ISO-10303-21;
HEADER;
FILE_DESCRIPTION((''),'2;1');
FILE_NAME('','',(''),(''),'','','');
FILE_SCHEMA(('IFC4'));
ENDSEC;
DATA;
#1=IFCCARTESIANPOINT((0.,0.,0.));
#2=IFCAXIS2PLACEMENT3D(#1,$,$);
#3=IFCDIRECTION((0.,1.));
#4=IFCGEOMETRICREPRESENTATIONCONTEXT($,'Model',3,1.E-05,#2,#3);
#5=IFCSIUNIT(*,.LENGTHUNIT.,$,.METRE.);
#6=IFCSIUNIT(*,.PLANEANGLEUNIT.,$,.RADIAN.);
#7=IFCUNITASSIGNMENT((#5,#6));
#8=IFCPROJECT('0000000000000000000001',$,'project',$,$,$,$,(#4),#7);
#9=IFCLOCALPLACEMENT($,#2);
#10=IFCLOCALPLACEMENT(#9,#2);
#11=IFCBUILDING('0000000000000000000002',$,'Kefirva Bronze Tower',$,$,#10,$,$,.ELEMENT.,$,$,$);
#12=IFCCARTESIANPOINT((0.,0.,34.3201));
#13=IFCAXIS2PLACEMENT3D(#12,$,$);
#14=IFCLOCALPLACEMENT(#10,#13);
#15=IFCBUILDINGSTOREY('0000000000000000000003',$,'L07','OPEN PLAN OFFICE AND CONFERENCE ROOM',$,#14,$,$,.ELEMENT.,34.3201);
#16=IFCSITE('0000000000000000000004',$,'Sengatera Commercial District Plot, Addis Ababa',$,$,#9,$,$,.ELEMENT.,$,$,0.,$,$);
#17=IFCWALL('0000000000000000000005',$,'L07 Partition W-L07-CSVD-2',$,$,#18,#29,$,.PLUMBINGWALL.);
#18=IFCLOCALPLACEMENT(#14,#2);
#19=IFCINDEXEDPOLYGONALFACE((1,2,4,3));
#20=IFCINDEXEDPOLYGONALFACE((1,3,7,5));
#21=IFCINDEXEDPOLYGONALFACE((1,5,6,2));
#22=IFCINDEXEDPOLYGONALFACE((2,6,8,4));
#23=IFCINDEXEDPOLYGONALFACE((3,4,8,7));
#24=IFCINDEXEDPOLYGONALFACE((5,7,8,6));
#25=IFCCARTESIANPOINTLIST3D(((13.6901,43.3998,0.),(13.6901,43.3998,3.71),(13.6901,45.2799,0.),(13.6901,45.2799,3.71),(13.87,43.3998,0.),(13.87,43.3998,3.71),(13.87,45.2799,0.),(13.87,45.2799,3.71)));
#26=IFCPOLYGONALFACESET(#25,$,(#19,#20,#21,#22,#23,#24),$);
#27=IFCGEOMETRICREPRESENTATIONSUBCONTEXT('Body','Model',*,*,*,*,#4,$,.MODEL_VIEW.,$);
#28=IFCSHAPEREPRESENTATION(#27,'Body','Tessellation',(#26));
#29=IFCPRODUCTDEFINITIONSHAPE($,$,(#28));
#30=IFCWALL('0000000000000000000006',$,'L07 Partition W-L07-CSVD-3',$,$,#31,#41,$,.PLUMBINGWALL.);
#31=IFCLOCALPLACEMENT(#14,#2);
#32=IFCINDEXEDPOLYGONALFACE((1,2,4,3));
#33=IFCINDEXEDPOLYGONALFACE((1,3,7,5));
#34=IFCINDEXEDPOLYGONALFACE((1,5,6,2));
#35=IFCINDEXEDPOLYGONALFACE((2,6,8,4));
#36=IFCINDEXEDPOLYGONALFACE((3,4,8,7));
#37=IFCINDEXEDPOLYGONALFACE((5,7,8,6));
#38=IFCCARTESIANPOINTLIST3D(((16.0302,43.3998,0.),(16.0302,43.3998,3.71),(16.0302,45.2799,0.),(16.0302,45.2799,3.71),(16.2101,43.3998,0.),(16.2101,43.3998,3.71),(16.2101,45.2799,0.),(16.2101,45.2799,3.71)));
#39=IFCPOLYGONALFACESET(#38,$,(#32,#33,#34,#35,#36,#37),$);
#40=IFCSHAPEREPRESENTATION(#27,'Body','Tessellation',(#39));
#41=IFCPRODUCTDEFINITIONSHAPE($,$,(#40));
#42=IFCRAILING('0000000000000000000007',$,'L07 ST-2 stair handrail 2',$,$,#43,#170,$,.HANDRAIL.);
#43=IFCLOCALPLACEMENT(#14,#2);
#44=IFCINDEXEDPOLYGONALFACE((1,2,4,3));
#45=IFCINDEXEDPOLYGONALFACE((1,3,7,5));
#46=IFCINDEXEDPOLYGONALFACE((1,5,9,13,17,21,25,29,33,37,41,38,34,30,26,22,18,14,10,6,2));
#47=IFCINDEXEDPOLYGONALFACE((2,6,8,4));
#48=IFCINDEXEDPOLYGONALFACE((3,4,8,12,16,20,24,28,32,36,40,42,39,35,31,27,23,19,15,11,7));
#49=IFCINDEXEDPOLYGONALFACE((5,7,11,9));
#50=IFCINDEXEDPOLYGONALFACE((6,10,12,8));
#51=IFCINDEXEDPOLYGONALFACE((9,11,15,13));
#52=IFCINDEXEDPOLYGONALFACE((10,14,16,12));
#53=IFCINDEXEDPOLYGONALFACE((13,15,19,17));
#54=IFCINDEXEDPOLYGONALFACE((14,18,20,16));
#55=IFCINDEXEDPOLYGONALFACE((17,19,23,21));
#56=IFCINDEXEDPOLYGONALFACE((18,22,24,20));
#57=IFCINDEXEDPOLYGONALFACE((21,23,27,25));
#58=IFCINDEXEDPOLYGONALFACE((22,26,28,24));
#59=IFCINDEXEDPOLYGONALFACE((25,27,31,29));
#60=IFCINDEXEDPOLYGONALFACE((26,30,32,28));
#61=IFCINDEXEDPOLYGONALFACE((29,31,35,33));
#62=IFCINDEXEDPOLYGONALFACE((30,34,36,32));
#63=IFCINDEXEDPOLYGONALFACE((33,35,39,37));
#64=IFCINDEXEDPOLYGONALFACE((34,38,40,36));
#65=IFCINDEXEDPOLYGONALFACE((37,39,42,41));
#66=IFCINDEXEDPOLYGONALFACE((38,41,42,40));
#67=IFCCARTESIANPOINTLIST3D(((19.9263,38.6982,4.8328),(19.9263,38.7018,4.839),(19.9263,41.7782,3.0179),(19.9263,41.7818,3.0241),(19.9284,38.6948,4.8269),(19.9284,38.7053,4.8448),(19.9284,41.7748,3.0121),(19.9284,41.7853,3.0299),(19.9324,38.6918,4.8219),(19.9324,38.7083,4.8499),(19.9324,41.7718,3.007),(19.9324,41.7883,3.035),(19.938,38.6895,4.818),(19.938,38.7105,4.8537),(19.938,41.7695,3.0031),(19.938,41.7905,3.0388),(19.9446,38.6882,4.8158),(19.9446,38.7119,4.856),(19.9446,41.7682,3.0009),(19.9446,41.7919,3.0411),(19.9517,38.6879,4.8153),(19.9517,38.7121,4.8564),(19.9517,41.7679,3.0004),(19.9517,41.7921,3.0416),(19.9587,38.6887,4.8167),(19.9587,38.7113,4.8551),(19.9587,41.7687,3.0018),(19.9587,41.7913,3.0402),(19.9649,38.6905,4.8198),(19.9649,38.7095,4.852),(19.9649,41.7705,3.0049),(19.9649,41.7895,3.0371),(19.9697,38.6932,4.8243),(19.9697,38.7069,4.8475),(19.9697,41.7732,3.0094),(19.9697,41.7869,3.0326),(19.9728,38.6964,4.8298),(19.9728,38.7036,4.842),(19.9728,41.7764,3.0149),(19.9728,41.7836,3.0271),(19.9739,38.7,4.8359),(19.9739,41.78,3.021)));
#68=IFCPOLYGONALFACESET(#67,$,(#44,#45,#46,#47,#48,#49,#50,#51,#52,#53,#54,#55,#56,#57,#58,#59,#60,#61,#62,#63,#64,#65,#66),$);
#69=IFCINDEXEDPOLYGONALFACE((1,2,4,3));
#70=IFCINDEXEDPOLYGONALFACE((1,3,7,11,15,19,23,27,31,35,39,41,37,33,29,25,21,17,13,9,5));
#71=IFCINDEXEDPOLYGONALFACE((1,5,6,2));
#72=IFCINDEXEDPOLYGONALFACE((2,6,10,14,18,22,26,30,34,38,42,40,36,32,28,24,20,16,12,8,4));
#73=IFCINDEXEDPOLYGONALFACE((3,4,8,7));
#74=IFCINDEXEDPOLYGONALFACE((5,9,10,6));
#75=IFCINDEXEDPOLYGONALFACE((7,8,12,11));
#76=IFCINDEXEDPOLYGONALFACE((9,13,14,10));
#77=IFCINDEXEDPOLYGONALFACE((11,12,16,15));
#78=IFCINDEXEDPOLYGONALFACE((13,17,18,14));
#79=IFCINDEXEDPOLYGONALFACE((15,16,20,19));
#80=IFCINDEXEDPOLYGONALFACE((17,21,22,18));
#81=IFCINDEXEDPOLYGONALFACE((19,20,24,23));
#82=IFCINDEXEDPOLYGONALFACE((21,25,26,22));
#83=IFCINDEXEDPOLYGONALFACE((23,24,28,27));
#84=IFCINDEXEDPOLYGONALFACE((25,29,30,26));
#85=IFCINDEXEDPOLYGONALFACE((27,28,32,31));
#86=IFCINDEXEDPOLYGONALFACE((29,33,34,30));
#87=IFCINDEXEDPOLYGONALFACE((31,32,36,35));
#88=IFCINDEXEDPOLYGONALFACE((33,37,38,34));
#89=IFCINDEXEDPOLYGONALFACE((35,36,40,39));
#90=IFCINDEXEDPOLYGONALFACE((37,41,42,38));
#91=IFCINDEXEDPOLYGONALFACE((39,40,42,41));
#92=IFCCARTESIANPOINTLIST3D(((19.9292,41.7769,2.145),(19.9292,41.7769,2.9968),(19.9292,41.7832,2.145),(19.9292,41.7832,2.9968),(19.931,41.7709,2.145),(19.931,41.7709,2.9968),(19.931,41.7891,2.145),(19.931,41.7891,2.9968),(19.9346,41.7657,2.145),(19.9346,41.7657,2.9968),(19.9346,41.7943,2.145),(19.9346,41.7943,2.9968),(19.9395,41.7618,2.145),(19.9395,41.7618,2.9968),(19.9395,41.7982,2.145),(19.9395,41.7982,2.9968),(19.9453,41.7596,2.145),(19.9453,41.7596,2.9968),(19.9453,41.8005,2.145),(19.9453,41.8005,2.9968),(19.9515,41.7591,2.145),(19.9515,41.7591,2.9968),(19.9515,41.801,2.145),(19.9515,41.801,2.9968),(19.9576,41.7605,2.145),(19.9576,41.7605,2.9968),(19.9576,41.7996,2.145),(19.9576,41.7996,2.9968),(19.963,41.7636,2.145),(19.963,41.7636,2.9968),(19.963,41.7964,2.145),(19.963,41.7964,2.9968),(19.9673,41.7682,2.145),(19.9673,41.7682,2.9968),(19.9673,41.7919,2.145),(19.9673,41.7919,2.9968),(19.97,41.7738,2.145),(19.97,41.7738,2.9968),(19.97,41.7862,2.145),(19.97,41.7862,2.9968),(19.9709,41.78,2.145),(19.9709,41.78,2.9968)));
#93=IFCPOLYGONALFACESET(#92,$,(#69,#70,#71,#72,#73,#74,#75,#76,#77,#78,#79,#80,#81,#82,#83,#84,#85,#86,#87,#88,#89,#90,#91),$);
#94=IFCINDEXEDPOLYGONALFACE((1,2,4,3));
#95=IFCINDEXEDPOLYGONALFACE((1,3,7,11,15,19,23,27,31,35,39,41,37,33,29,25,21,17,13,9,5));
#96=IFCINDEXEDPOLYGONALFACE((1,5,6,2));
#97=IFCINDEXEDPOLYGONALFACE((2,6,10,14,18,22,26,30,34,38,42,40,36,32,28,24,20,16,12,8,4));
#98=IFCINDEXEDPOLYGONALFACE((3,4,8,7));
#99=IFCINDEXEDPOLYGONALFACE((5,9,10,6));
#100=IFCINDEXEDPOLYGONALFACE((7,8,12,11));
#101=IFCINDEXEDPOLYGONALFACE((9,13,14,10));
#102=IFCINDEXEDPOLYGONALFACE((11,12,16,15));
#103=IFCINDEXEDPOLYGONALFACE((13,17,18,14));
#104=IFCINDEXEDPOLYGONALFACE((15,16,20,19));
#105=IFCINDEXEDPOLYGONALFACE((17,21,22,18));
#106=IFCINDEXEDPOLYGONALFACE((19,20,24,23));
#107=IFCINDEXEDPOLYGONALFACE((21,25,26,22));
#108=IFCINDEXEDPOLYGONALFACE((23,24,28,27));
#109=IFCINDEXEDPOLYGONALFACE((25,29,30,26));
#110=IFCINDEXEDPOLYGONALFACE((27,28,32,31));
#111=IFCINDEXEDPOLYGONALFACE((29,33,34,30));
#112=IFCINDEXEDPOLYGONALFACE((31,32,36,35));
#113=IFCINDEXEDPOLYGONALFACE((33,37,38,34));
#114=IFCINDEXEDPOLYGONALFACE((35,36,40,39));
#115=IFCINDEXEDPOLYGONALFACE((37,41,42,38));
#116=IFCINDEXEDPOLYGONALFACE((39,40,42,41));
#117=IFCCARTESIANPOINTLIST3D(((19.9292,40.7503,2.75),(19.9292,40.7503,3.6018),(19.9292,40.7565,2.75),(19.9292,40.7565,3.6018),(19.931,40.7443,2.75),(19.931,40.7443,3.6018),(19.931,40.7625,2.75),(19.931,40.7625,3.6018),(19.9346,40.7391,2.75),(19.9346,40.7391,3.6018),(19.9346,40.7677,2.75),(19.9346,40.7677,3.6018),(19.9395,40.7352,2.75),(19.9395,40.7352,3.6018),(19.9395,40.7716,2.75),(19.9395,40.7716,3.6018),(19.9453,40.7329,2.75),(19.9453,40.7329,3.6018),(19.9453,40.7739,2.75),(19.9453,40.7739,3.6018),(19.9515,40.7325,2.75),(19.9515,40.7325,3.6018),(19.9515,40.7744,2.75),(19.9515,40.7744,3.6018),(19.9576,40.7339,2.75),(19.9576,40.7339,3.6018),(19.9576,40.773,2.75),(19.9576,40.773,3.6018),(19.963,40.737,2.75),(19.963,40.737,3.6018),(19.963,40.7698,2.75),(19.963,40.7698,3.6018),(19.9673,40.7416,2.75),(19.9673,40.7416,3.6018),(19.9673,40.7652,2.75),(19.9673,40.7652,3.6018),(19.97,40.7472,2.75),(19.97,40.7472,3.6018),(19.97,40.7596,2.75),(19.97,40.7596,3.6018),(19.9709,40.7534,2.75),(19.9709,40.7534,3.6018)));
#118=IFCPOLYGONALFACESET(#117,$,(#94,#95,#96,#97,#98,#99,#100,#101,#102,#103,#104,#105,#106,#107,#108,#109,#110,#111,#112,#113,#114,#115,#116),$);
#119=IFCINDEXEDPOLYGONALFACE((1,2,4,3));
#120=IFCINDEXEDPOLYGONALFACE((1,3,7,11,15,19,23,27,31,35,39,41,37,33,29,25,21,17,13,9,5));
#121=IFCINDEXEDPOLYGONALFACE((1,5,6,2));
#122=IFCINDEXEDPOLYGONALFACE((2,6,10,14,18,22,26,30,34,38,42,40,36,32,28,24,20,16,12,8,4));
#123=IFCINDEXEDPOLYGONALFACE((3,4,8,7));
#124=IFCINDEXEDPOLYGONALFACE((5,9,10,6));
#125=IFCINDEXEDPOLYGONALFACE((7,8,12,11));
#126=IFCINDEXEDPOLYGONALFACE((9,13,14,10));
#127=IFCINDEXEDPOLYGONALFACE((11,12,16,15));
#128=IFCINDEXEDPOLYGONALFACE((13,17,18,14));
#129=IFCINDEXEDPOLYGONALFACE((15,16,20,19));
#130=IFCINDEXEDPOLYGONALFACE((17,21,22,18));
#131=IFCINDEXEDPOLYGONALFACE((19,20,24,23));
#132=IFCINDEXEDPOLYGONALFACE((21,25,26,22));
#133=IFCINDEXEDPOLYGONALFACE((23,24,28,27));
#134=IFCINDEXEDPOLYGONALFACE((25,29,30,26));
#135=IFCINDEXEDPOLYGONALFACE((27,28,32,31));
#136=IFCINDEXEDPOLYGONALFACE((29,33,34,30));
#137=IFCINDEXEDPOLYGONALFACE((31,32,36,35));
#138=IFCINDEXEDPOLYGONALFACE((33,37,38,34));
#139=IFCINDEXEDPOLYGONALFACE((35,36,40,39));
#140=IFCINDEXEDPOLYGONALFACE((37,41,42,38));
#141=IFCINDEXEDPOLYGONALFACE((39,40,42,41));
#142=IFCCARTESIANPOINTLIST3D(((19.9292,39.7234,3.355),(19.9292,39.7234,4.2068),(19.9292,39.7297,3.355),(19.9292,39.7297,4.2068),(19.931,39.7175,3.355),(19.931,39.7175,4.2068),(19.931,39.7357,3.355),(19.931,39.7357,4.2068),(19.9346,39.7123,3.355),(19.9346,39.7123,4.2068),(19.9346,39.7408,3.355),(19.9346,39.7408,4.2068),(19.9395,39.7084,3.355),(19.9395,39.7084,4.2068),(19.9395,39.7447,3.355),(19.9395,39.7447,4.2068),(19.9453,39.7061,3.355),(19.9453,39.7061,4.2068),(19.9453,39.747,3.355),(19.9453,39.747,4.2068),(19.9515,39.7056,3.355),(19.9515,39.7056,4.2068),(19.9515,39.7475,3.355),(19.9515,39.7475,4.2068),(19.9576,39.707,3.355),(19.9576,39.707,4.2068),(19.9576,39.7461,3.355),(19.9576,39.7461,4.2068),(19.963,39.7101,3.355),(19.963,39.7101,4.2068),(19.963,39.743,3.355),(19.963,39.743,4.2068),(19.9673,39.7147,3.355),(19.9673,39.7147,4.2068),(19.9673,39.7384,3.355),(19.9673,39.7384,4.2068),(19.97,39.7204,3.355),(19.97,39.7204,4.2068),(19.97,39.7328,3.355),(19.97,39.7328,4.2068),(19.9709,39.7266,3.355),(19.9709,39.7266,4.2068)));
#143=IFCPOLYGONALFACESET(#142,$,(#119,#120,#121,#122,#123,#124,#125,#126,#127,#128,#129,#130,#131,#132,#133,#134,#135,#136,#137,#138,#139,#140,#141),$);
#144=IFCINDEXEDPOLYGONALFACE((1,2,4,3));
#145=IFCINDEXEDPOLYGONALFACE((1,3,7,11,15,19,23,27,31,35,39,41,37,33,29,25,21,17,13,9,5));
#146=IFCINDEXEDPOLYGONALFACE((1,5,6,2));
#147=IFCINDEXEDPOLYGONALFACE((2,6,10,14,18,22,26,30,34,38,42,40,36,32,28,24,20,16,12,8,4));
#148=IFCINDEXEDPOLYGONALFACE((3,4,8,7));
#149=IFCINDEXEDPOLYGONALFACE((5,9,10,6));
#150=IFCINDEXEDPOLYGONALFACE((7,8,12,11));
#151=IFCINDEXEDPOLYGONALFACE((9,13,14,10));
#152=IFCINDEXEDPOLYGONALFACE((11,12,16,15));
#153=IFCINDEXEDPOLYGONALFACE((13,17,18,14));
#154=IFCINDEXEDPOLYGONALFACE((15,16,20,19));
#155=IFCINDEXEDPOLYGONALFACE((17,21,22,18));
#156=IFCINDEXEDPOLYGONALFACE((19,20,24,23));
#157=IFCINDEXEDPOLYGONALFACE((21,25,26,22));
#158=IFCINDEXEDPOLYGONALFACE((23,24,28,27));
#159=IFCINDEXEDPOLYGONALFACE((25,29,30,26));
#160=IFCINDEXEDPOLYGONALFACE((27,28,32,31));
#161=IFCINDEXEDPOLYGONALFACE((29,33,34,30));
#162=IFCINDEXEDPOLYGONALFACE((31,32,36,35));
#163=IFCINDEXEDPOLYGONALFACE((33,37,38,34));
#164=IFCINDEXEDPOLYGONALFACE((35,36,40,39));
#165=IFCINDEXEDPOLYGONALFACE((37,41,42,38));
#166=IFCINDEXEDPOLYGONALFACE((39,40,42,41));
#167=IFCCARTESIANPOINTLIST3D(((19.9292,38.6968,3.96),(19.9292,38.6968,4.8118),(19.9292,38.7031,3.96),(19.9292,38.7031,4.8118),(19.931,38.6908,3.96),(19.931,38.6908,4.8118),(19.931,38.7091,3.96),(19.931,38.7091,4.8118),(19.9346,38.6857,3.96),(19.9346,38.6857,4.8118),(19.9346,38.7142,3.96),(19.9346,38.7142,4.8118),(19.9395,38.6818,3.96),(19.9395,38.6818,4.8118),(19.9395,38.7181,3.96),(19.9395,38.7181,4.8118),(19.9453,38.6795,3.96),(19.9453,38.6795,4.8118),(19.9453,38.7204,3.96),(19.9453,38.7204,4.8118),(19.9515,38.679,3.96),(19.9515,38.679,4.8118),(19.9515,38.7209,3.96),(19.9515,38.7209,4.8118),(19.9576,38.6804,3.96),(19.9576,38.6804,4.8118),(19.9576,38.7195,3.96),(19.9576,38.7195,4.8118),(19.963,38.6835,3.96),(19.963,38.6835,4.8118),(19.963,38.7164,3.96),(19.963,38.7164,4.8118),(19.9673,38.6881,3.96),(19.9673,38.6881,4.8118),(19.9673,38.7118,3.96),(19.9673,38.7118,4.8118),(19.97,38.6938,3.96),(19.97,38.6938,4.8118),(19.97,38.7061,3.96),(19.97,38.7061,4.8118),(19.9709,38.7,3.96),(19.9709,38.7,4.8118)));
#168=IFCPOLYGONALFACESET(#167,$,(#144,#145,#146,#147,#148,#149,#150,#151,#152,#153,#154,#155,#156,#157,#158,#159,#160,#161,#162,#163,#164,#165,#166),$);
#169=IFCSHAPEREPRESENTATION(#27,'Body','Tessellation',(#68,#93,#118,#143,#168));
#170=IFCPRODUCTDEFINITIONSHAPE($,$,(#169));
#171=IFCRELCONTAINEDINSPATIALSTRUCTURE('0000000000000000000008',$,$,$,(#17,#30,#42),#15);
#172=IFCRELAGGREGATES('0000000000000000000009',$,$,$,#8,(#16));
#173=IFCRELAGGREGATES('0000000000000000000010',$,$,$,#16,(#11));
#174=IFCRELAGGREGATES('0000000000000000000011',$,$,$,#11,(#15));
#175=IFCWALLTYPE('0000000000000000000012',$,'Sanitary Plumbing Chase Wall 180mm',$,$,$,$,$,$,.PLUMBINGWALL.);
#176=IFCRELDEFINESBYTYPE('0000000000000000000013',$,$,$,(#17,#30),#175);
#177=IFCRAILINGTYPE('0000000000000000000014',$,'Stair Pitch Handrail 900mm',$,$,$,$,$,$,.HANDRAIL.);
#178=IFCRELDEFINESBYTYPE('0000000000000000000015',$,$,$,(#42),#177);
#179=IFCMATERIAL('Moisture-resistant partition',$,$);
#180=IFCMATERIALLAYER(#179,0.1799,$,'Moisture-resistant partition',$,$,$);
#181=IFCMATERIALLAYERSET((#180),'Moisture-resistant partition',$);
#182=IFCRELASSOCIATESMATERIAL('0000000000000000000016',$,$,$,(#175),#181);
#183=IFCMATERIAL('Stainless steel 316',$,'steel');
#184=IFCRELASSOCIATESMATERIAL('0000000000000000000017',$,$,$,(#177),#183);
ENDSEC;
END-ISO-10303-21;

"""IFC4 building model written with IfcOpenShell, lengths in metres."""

from ifc_helpers import new_model, si_unit, direction, frame, frame_2d, origin, origin_2d, place, context, subcontext, project, spatial, rectangle, circle, extrude, material, layer, layer_set, type_object, element, save


model = new_model("IFC4")

# Units and contexts
model_context = context("Model", 3, precision=1e-05, world=origin(), true_north=direction((0.0, 1.0)))
body_context = subcontext(model_context, "Body", "Model", "MODEL_VIEW")
ifc_project = project(units=[si_unit("LENGTHUNIT", "METRE"), si_unit("PLANEANGLEUNIT", "RADIAN")], contexts=[model_context])

# Site, building, storey
site_placement = place(None, origin())
site = spatial("IfcSite", under=ifc_project, at=site_placement, Name="Sengatera Commercial District Plot, Addis Ababa", CompositionType="ELEMENT", RefElevation=0.0)
building_placement = place(site_placement, origin())
building = spatial("IfcBuilding", under=site, at=building_placement, Name="Kefirva Bronze Tower", CompositionType="ELEMENT")
storey_placement = place(building_placement, frame((0.0, 0.0, 34.3201)))
storey = spatial("IfcBuildingStorey", under=building, at=storey_placement, Name="L07", Description="OPEN PLAN OFFICE AND CONFERENCE ROOM", CompositionType="ELEMENT", Elevation=34.3201)

# Walls
ifc_material_1 = material(Name="Moisture-resistant partition")
ifc_layer_1 = layer(ifc_material_1, 0.1799, Name="Moisture-resistant partition")
ifc_layer_set_1 = layer_set([ifc_layer_1], Name="Moisture-resistant partition")
wall_type_1 = type_object("IfcWallType", Name="Sanitary Plumbing Chase Wall 180mm", PredefinedType="PLUMBINGWALL", material=ifc_layer_set_1)
for number, where, z_axis, x_axis, name in (
    (1, (13.78, 43.3999, 0.0), (0.0, 0.0, 1.0), (0.0, 1.0, 0.0), "L07 Partition W-L07-CSVD-2"),
    (2, (16.1201, 43.3999, 0.0), (0.0, 0.0, 1.0), (0.0, 1.0, 0.0), "L07 Partition W-L07-CSVD-3"),
):
    element("IfcWall", number, at=place(storey_placement, frame(where, z_axis=z_axis, x_axis=x_axis)), inside=storey, type_object=wall_type_1, Name=name, PredefinedType="PLUMBINGWALL", context=body_context, shape_type="SweptSolid", body=[
        extrude(rectangle(XDim=1.8801, YDim=0.1799, at=frame_2d((0.9399, 0.0))), origin(), (0.0, 0.0, 1.0), 3.71),
    ])

# Railing
ifc_material_2 = material(Name="Stainless steel 316", Category="steel")
railing_type = type_object("IfcRailingType", Name="Stair Pitch Handrail 900mm", PredefinedType="HANDRAIL", material=ifc_material_2)
railing_placement = place(storey_placement, frame((19.95, 41.78, 2.145)))
element("IfcRailing", 3, at=railing_placement, inside=storey, type_object=railing_type, Name="L07 ST-2 stair handrail 2", PredefinedType="HANDRAIL", context=body_context, shape_type="SweptSolid", body=[
    extrude(circle(Radius=0.0239, at=origin_2d()), frame((0.0, 0.0, 0.876), z_axis=(0.0, -0.861551, 0.507671), x_axis=(1.0, 0.0, 0.0)), (0.0, 0.0, 1.0), 3.575),
    extrude(circle(Radius=0.021, at=origin_2d()), origin(), (0.0, 0.0, 1.0), 0.8518),
    extrude(circle(Radius=0.021, at=origin_2d()), frame((0.0, -1.0266, 0.605)), (0.0, 0.0, 1.0), 0.8518),
    extrude(circle(Radius=0.021, at=origin_2d()), frame((0.0, -2.0535, 1.21)), (0.0, 0.0, 1.0), 0.8518),
    extrude(circle(Radius=0.021, at=origin_2d()), frame((0.0, -3.0801, 1.8149)), (0.0, 0.0, 1.0), 0.8518),
])

save(model, "model.ifc")
